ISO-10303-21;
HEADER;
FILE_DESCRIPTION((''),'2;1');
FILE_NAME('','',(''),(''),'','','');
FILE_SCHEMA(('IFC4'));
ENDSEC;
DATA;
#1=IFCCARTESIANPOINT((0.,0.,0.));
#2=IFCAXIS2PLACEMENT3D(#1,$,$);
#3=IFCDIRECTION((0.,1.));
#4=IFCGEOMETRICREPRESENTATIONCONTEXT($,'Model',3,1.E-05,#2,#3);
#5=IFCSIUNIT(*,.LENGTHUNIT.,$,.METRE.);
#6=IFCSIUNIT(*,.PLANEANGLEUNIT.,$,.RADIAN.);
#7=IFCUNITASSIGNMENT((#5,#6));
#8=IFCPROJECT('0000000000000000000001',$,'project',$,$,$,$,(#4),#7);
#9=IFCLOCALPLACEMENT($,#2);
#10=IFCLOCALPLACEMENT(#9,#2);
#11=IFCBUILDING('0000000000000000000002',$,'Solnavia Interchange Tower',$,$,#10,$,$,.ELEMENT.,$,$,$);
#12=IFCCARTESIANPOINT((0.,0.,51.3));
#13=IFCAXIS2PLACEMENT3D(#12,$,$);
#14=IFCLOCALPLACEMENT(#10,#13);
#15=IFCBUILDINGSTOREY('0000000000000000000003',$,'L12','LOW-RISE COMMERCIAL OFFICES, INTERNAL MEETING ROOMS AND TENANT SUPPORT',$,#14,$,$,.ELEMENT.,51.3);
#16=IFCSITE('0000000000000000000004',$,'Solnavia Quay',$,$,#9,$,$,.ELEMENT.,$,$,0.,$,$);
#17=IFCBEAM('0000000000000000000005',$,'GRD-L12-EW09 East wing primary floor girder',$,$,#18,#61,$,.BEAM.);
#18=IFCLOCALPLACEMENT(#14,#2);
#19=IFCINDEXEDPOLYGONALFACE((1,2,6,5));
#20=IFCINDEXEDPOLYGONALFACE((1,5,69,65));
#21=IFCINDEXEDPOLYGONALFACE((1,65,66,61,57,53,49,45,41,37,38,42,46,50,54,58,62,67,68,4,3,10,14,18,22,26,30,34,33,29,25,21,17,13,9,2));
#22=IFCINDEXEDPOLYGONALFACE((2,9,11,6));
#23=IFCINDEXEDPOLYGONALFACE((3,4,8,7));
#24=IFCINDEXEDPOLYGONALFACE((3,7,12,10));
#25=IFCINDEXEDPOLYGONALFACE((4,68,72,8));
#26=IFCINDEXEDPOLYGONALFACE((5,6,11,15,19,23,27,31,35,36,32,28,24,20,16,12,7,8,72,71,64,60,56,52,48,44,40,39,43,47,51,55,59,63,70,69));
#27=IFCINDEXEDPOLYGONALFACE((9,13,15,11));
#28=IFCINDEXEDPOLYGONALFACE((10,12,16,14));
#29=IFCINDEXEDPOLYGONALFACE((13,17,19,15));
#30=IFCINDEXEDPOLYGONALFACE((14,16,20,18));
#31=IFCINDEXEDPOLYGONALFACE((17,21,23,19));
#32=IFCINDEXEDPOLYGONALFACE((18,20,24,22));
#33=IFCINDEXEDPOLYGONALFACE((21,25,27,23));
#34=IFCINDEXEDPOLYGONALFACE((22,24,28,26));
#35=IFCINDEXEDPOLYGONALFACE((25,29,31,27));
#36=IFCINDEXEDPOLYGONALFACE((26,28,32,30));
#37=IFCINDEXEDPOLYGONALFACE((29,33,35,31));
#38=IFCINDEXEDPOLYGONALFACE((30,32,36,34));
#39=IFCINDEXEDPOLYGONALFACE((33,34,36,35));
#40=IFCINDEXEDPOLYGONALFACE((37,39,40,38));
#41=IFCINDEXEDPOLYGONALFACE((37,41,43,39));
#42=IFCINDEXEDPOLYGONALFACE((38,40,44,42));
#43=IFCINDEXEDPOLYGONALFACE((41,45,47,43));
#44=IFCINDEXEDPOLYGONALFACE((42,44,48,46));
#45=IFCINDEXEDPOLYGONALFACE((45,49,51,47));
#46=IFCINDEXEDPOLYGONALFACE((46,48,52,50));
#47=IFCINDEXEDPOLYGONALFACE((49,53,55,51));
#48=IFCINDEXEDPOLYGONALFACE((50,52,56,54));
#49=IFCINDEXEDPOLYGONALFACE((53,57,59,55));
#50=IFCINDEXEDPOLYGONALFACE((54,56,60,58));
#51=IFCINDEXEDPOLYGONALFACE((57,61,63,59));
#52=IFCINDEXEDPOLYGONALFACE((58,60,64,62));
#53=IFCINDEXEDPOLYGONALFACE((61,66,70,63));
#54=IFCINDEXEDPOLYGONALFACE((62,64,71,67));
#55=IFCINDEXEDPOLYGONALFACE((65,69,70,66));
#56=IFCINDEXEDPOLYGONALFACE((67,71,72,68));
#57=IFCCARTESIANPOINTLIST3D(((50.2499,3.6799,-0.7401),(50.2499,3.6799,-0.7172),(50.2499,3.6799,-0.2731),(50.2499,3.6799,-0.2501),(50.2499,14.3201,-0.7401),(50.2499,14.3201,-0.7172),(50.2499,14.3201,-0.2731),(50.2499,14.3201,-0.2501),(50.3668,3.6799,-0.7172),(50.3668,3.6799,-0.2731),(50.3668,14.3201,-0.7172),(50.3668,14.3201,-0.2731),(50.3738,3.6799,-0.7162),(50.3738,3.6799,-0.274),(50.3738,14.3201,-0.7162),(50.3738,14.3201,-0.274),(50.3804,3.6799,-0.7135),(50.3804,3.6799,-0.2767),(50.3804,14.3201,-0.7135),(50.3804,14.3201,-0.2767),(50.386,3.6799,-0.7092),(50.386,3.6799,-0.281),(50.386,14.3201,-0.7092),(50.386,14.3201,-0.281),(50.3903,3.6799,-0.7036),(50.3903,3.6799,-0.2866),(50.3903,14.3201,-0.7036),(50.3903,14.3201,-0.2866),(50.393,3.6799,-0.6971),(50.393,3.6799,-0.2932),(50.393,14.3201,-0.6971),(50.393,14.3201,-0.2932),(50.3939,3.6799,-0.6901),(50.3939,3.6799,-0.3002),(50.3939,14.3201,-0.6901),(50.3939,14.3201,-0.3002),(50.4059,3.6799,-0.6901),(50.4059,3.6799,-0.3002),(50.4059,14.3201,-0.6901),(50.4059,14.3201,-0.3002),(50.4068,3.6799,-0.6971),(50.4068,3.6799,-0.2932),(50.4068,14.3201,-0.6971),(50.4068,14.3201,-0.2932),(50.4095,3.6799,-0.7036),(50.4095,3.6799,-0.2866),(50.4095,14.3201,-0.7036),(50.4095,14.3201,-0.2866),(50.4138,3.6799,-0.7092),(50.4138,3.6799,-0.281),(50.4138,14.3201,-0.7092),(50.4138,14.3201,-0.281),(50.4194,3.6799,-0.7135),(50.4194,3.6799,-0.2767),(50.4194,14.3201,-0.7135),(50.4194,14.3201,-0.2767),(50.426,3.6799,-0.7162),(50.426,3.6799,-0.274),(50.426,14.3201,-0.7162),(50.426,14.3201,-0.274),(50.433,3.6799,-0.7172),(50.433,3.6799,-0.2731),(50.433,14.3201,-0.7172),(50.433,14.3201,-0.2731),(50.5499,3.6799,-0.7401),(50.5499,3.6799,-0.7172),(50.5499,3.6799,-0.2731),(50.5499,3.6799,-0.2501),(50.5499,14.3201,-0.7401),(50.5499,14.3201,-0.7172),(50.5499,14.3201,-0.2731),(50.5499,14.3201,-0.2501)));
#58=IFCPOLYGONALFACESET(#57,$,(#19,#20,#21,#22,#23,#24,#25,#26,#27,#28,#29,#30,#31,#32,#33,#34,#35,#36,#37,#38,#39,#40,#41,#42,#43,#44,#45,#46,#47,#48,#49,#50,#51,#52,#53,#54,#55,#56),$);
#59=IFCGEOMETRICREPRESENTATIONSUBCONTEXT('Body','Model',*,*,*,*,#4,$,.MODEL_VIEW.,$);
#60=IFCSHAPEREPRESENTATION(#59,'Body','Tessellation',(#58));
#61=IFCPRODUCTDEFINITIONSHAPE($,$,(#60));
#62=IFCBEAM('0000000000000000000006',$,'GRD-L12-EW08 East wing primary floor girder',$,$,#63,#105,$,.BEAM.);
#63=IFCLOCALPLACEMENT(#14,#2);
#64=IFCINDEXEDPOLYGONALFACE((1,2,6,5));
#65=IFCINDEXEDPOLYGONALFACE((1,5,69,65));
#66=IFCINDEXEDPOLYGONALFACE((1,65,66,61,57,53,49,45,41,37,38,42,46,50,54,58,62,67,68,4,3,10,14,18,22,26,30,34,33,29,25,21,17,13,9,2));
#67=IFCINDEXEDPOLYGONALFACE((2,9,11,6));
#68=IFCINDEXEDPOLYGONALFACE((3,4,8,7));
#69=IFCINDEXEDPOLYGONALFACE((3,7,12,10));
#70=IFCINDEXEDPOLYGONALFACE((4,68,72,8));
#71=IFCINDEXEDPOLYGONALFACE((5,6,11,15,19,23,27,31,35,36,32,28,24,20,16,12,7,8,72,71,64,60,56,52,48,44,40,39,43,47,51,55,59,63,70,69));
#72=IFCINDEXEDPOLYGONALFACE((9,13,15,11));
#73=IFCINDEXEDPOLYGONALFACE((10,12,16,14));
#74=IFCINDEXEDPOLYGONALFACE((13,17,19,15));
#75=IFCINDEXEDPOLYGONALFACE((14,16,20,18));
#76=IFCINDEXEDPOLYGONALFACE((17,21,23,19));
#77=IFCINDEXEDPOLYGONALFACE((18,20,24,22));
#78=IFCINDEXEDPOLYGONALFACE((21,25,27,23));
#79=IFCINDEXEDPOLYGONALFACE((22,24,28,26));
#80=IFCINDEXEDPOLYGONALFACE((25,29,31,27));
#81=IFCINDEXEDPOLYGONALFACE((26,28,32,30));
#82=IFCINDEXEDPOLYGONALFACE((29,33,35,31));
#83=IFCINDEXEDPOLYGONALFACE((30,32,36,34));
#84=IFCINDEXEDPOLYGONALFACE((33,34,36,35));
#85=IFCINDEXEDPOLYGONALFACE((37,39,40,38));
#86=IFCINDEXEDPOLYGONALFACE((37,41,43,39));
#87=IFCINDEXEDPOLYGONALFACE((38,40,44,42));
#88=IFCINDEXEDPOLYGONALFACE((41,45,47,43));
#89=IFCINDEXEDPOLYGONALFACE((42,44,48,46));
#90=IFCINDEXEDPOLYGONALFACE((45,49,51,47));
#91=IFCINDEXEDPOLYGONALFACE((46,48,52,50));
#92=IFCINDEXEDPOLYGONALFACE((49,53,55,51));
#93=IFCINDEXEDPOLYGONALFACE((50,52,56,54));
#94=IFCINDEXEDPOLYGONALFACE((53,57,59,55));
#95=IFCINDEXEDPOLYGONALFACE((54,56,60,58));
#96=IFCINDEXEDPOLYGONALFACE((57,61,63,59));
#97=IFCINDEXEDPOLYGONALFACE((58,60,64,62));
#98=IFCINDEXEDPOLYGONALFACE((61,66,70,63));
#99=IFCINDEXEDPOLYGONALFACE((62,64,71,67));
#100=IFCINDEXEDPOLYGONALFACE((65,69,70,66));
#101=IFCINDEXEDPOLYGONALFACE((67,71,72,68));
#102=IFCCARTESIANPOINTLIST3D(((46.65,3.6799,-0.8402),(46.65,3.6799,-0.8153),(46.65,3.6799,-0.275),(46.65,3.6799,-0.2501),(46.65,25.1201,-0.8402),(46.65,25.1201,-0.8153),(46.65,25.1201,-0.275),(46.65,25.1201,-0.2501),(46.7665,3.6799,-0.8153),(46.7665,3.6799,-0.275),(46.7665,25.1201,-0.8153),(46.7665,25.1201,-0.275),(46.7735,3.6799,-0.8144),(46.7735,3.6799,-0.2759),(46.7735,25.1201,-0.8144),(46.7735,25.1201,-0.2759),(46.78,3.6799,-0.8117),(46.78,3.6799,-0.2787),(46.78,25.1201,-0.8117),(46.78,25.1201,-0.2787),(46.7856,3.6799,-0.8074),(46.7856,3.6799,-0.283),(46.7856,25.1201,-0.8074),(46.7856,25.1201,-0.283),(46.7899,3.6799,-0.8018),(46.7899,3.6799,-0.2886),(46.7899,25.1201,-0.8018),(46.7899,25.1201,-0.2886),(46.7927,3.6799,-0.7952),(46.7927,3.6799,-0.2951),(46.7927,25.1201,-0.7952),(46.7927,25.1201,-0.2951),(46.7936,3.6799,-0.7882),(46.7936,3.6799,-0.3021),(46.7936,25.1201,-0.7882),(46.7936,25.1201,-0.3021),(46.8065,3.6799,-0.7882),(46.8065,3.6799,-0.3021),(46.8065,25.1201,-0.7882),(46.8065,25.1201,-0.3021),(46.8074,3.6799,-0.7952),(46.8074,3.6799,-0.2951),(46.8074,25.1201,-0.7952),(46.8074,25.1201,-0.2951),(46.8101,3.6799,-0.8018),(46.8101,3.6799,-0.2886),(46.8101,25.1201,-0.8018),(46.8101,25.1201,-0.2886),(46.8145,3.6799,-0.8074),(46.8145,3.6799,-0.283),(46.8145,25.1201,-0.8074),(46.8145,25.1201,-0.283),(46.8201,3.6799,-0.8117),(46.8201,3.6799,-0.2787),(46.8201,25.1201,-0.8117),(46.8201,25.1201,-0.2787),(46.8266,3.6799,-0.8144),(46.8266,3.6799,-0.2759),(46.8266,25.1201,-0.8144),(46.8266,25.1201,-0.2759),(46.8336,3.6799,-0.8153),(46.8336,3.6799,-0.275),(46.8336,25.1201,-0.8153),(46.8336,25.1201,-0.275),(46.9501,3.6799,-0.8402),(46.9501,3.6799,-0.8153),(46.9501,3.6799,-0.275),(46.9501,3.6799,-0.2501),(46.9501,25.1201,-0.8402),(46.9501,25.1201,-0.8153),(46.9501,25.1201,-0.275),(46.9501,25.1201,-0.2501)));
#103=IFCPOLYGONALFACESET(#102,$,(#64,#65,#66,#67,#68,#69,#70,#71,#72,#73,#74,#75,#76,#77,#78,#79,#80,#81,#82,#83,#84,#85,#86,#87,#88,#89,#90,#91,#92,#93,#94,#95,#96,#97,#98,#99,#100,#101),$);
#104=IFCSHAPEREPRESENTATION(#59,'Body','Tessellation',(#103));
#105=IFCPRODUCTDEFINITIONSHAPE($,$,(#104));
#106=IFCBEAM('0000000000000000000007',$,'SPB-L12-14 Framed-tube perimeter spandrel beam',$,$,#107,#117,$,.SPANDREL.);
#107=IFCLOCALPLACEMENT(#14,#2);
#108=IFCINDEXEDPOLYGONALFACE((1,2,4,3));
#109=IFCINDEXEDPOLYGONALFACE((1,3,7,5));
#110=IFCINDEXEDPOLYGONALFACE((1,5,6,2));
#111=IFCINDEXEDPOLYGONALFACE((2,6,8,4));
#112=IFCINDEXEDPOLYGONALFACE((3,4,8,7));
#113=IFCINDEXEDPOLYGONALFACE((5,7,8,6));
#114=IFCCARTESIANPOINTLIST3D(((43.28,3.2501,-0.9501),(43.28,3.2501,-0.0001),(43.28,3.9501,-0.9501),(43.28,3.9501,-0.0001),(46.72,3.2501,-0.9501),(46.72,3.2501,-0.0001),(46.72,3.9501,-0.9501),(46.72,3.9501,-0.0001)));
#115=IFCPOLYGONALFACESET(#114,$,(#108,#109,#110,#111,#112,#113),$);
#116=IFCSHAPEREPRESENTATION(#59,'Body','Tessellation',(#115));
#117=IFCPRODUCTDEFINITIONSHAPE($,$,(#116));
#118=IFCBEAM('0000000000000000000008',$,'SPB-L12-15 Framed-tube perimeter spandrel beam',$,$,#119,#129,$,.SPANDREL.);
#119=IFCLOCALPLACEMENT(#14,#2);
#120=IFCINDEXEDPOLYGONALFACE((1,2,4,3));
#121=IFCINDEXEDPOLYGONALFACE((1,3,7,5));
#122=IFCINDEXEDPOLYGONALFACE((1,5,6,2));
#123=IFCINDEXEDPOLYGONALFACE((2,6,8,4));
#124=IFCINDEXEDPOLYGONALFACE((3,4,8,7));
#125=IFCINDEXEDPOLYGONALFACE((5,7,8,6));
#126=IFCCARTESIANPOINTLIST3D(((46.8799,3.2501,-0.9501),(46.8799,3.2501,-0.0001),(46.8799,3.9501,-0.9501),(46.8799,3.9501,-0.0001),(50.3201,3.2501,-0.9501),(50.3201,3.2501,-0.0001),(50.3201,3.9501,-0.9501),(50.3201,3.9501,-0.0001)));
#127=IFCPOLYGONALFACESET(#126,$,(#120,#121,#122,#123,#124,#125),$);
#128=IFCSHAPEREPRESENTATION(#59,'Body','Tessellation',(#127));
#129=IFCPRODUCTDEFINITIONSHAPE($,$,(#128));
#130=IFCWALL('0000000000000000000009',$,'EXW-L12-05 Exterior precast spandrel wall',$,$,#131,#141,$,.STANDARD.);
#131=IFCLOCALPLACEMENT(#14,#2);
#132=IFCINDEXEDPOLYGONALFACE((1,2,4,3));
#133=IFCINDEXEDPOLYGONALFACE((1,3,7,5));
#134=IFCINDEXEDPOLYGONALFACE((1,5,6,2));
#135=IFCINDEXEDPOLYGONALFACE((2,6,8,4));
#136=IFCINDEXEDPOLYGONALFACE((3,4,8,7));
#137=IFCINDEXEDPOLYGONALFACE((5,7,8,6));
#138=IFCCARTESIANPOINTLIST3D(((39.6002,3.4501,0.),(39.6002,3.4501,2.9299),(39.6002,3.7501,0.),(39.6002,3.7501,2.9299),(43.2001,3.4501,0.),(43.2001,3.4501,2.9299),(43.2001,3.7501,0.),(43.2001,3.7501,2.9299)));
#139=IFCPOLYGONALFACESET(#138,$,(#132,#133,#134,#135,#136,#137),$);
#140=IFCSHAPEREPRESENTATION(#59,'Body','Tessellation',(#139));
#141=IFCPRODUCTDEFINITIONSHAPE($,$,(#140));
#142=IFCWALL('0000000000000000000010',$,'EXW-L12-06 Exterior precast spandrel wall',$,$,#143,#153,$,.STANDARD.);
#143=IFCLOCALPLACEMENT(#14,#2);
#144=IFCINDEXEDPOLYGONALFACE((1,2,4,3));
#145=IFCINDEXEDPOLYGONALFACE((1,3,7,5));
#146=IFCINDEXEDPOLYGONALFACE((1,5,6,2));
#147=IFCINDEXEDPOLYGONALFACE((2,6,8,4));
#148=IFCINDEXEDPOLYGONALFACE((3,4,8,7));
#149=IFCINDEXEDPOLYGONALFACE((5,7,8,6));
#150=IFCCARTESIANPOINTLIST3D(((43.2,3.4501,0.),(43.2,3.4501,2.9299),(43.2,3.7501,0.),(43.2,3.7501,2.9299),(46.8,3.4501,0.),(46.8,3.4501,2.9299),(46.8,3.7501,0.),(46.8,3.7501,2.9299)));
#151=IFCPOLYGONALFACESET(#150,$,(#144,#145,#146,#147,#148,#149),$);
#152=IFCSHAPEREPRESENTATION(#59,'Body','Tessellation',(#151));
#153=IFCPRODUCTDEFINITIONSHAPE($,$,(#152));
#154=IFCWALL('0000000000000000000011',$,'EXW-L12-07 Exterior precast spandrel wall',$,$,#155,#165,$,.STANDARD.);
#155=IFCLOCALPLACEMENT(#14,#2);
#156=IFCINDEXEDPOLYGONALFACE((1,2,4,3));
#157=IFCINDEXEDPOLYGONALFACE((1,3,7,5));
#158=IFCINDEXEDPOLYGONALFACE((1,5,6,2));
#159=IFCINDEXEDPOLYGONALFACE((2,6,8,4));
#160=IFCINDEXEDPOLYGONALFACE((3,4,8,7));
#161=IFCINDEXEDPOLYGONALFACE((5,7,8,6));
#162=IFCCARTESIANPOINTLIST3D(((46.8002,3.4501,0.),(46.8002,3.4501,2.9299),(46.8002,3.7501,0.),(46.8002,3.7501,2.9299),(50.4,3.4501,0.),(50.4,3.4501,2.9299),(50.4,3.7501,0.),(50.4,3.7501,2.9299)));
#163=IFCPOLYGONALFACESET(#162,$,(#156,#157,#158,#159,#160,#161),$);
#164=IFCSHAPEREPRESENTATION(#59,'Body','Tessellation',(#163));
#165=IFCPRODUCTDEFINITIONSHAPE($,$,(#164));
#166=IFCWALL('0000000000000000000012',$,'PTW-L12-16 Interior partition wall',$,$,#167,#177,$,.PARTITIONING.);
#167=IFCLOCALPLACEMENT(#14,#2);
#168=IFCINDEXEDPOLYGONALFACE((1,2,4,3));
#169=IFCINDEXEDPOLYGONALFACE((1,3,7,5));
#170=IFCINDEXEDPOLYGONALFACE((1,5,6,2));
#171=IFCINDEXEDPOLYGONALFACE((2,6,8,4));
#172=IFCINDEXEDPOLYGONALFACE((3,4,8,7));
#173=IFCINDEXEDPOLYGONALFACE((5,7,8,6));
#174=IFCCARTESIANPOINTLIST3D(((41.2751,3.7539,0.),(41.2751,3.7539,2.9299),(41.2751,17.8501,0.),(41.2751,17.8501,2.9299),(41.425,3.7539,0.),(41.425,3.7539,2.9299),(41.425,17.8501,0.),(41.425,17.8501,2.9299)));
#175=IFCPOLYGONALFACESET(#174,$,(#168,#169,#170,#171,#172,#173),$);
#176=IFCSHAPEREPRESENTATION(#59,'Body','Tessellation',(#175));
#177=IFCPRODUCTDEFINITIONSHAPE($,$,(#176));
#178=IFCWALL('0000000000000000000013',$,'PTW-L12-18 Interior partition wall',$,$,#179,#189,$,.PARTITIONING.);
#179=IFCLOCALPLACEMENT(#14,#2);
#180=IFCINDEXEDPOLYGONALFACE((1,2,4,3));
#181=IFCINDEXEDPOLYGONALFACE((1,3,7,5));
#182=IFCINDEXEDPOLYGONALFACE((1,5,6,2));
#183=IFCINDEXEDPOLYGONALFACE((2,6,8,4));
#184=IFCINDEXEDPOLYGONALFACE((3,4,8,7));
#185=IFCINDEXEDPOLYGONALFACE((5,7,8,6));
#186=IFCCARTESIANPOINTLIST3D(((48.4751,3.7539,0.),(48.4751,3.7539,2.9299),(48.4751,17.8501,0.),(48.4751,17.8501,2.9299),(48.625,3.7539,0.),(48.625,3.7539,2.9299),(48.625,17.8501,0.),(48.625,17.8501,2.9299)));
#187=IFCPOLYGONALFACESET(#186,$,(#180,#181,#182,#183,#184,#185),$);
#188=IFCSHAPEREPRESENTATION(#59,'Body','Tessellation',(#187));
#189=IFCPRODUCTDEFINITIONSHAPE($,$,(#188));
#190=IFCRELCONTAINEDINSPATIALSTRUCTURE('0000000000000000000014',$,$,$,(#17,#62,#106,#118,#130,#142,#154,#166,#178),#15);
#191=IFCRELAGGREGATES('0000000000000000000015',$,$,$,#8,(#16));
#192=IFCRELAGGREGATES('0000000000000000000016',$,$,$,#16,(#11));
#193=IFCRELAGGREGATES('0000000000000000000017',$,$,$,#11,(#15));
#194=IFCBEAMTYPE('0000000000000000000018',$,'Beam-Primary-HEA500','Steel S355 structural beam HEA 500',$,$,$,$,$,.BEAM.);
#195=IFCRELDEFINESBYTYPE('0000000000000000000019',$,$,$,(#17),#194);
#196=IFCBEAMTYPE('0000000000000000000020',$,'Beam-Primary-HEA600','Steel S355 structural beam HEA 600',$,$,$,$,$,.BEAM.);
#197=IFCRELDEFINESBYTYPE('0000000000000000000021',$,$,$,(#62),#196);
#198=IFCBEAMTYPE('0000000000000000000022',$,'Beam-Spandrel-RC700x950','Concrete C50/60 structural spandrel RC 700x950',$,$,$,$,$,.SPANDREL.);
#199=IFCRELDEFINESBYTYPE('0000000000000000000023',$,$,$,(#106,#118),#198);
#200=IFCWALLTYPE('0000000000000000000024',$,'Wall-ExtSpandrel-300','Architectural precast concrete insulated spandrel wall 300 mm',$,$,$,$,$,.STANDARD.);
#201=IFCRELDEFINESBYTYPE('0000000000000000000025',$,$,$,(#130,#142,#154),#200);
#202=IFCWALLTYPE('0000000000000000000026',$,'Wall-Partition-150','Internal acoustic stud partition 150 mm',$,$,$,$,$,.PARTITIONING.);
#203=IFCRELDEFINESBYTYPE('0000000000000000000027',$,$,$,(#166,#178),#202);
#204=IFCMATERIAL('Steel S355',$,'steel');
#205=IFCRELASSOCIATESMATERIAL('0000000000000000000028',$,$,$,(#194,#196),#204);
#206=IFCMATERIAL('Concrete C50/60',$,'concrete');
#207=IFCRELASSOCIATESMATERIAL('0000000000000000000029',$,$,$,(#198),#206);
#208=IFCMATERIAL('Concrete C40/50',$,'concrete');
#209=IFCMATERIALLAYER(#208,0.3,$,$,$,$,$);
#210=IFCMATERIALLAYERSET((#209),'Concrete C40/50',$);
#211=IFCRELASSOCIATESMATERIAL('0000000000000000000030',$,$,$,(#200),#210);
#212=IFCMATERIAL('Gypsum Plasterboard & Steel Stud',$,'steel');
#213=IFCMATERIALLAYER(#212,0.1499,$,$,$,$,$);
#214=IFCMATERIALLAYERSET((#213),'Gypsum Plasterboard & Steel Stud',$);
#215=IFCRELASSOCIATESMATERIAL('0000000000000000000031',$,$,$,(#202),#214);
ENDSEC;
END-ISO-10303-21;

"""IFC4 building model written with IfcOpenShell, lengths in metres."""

from ifc_helpers import new_model, si_unit, direction, frame, frame_2d, origin, origin_2d, place, context, subcontext, project, spatial, rectangle, i_section, extrude, material, layer, layer_set, material_profile, profile_set, type_object, element, save


model = new_model("IFC4")

# Units and contexts
model_context = context("Model", 3, precision=1e-05, world=origin(), true_north=direction((0.0, 1.0)))
body_context = subcontext(model_context, "Body", "Model", "MODEL_VIEW")
ifc_project = project(units=[si_unit("LENGTHUNIT", "METRE"), si_unit("PLANEANGLEUNIT", "RADIAN")], contexts=[model_context])

# Site, building, storey
site_placement = place(None, origin())
site = spatial("IfcSite", under=ifc_project, at=site_placement, Name="Solnavia Quay", CompositionType="ELEMENT", RefElevation=0.0)
building_placement = place(site_placement, origin())
building = spatial("IfcBuilding", under=site, at=building_placement, Name="Solnavia Interchange Tower", CompositionType="ELEMENT")
storey_placement = place(building_placement, frame((0.0, 0.0, 51.3)))
storey = spatial("IfcBuildingStorey", under=building, at=storey_placement, Name="L12", Description="LOW-RISE COMMERCIAL OFFICES, INTERNAL MEETING ROOMS AND TENANT SUPPORT", CompositionType="ELEMENT", Elevation=51.3)

# Shared definitions
ifc_material_1 = material(Name="Steel S355", Category="steel")

# Beams
ifc_material_profile_1 = material_profile(ifc_material_1, i_section(OverallWidth=0.3, OverallDepth=0.49, WebThickness=0.012, FlangeThickness=0.0229, FilletRadius=0.0271, at=origin_2d()), Name="HEA 500")
ifc_profile_set_1 = profile_set([ifc_material_profile_1], Name="Steel S355")
beam_type_1 = type_object("IfcBeamType", Name="Beam-Primary-HEA500", Description="Steel S355 structural beam HEA 500", PredefinedType="BEAM", material=ifc_profile_set_1)
for number, where, z_axis, x_axis, name in (
    (1, (50.3999, 3.6799, -0.4951), (0.0, 1.0, 0.0), (-1.0, 0.0, 0.0), "GRD-L12-EW09 East wing primary floor girder"),
):
    element("IfcBeam", number, at=place(storey_placement, frame(where, z_axis=z_axis, x_axis=x_axis)), inside=storey, type_object=beam_type_1, Name=name, PredefinedType="BEAM", context=body_context, shape_type="SweptSolid", body=[
        extrude(i_section(OverallWidth=0.3, OverallDepth=0.49, WebThickness=0.012, FlangeThickness=0.0229, FilletRadius=0.0271, at=origin_2d()), origin(), (0.0, 0.0, 1.0), 10.6401),
    ])
ifc_material_profile_2 = material_profile(ifc_material_1, i_section(OverallWidth=0.3, OverallDepth=0.5901, WebThickness=0.0129, FlangeThickness=0.0249, FilletRadius=0.0271, at=origin_2d()), Name="HEA 600")
ifc_profile_set_2 = profile_set([ifc_material_profile_2], Name="Steel S355")
beam_type_2 = type_object("IfcBeamType", Name="Beam-Primary-HEA600", Description="Steel S355 structural beam HEA 600", PredefinedType="BEAM", material=ifc_profile_set_2)
beam_1_placement = place(storey_placement, frame((46.8, 3.6799, -0.5452), z_axis=(0.0, 1.0, 0.0), x_axis=(-1.0, 0.0, 0.0)))
element("IfcBeam", 2, at=beam_1_placement, inside=storey, type_object=beam_type_2, Name="GRD-L12-EW08 East wing primary floor girder", PredefinedType="BEAM", context=body_context, shape_type="SweptSolid", body=[
    extrude(i_section(OverallWidth=0.3, OverallDepth=0.5901, WebThickness=0.0129, FlangeThickness=0.0249, FilletRadius=0.0271, at=origin_2d()), origin(), (0.0, 0.0, 1.0), 21.4402),
])
ifc_material_2 = material(Name="Concrete C50/60", Category="concrete")
ifc_material_profile_3 = material_profile(ifc_material_2, rectangle(XDim=0.7, YDim=0.95, at=origin_2d()), Name="RC 700x950")
ifc_profile_set_3 = profile_set([ifc_material_profile_3], Name="Concrete C50/60")
beam_type_3 = type_object("IfcBeamType", Name="Beam-Spandrel-RC700x950", Description="Concrete C50/60 structural spandrel RC 700x950", PredefinedType="SPANDREL", material=ifc_profile_set_3)
beam_2_placement = place(storey_placement, frame((43.28, 3.6001, -0.4751), z_axis=(1.0, 0.0, 0.0), x_axis=(0.0, 1.0, 0.0)))
element("IfcBeam", 3, at=beam_2_placement, inside=storey, type_object=beam_type_3, Name="SPB-L12-14 Framed-tube perimeter spandrel beam", PredefinedType="SPANDREL", context=body_context, shape_type="SweptSolid", body=[
    extrude(rectangle(XDim=0.7, YDim=0.95, at=origin_2d()), origin(), (0.0, 0.0, 1.0), 3.4399),
])
beam_3_placement = place(storey_placement, frame((46.8799, 3.6001, -0.4751), z_axis=(1.0, 0.0, 0.0), x_axis=(0.0, 1.0, 0.0)))
element("IfcBeam", 4, at=beam_3_placement, inside=storey, type_object=beam_type_3, Name="SPB-L12-15 Framed-tube perimeter spandrel beam", PredefinedType="SPANDREL", context=body_context, shape_type="SweptSolid", body=[
    extrude(rectangle(XDim=0.7, YDim=0.95, at=origin_2d()), origin(), (0.0, 0.0, 1.0), 3.4402),
])

# Walls
ifc_material_3 = material(Name="Concrete C40/50", Category="concrete")
ifc_layer_1 = layer(ifc_material_3, 0.3)
ifc_layer_set_1 = layer_set([ifc_layer_1], Name="Concrete C40/50")
wall_type_1 = type_object("IfcWallType", Name="Wall-ExtSpandrel-300", Description="Architectural precast concrete insulated spandrel wall 300 mm", PredefinedType="STANDARD", material=ifc_layer_set_1)
wall_1_placement = place(storey_placement, frame((43.2, 3.6001, 0.0), z_axis=(0.0, 0.0, 1.0), x_axis=(-1.0, 0.0, 0.0)))
element("IfcWall", 5, at=wall_1_placement, inside=storey, type_object=wall_type_1, Name="EXW-L12-05 Exterior precast spandrel wall", PredefinedType="STANDARD", context=body_context, shape_type="SweptSolid", body=[
    extrude(rectangle(XDim=3.5999, YDim=0.3, at=frame_2d((1.7998, 0.0))), origin(), (0.0, 0.0, 1.0), 2.9299),
])
wall_2_placement = place(storey_placement, frame((46.8, 3.6001, 0.0), z_axis=(0.0, 0.0, 1.0), x_axis=(-1.0, 0.0, 0.0)))
element("IfcWall", 6, at=wall_2_placement, inside=storey, type_object=wall_type_1, Name="EXW-L12-06 Exterior precast spandrel wall", PredefinedType="STANDARD", context=body_context, shape_type="SweptSolid", body=[
    extrude(rectangle(XDim=3.6001, YDim=0.3, at=frame_2d((1.8, 0.0))), origin(), (0.0, 0.0, 1.0), 2.9299),
])
wall_3_placement = place(storey_placement, frame((50.3999, 3.6001, 0.0), z_axis=(0.0, 0.0, 1.0), x_axis=(-1.0, 0.0, 0.0)))
element("IfcWall", 7, at=wall_3_placement, inside=storey, type_object=wall_type_1, Name="EXW-L12-07 Exterior precast spandrel wall", PredefinedType="STANDARD", context=body_context, shape_type="SweptSolid", body=[
    extrude(rectangle(XDim=3.5999, YDim=0.3, at=frame_2d((1.7998, 0.0))), origin(), (0.0, 0.0, 1.0), 2.9299),
])
ifc_material_4 = material(Name="Gypsum Plasterboard & Steel Stud", Category="steel")
ifc_layer_2 = layer(ifc_material_4, 0.1499)
ifc_layer_set_2 = layer_set([ifc_layer_2], Name="Gypsum Plasterboard & Steel Stud")
wall_type_2 = type_object("IfcWallType", Name="Wall-Partition-150", Description="Internal acoustic stud partition 150 mm", PredefinedType="PARTITIONING", material=ifc_layer_set_2)
for number, where, z_axis, x_axis, name in (
    (8, (41.3501, 3.7539, 0.0), (0.0, 0.0, 1.0), (0.0, 1.0, 0.0), "PTW-L12-16 Interior partition wall"),
    (9, (48.55, 3.7539, 0.0), (0.0, 0.0, 1.0), (0.0, 1.0, 0.0), "PTW-L12-18 Interior partition wall"),
):
    element("IfcWall", number, at=place(storey_placement, frame(where, z_axis=z_axis, x_axis=x_axis)), inside=storey, type_object=wall_type_2, Name=name, PredefinedType="PARTITIONING", context=body_context, shape_type="SweptSolid", body=[
        extrude(rectangle(XDim=14.0962, YDim=0.1499, at=frame_2d((7.0481, 0.0))), origin(), (0.0, 0.0, 1.0), 2.9299),
    ])

save(model, "model.ifc")
